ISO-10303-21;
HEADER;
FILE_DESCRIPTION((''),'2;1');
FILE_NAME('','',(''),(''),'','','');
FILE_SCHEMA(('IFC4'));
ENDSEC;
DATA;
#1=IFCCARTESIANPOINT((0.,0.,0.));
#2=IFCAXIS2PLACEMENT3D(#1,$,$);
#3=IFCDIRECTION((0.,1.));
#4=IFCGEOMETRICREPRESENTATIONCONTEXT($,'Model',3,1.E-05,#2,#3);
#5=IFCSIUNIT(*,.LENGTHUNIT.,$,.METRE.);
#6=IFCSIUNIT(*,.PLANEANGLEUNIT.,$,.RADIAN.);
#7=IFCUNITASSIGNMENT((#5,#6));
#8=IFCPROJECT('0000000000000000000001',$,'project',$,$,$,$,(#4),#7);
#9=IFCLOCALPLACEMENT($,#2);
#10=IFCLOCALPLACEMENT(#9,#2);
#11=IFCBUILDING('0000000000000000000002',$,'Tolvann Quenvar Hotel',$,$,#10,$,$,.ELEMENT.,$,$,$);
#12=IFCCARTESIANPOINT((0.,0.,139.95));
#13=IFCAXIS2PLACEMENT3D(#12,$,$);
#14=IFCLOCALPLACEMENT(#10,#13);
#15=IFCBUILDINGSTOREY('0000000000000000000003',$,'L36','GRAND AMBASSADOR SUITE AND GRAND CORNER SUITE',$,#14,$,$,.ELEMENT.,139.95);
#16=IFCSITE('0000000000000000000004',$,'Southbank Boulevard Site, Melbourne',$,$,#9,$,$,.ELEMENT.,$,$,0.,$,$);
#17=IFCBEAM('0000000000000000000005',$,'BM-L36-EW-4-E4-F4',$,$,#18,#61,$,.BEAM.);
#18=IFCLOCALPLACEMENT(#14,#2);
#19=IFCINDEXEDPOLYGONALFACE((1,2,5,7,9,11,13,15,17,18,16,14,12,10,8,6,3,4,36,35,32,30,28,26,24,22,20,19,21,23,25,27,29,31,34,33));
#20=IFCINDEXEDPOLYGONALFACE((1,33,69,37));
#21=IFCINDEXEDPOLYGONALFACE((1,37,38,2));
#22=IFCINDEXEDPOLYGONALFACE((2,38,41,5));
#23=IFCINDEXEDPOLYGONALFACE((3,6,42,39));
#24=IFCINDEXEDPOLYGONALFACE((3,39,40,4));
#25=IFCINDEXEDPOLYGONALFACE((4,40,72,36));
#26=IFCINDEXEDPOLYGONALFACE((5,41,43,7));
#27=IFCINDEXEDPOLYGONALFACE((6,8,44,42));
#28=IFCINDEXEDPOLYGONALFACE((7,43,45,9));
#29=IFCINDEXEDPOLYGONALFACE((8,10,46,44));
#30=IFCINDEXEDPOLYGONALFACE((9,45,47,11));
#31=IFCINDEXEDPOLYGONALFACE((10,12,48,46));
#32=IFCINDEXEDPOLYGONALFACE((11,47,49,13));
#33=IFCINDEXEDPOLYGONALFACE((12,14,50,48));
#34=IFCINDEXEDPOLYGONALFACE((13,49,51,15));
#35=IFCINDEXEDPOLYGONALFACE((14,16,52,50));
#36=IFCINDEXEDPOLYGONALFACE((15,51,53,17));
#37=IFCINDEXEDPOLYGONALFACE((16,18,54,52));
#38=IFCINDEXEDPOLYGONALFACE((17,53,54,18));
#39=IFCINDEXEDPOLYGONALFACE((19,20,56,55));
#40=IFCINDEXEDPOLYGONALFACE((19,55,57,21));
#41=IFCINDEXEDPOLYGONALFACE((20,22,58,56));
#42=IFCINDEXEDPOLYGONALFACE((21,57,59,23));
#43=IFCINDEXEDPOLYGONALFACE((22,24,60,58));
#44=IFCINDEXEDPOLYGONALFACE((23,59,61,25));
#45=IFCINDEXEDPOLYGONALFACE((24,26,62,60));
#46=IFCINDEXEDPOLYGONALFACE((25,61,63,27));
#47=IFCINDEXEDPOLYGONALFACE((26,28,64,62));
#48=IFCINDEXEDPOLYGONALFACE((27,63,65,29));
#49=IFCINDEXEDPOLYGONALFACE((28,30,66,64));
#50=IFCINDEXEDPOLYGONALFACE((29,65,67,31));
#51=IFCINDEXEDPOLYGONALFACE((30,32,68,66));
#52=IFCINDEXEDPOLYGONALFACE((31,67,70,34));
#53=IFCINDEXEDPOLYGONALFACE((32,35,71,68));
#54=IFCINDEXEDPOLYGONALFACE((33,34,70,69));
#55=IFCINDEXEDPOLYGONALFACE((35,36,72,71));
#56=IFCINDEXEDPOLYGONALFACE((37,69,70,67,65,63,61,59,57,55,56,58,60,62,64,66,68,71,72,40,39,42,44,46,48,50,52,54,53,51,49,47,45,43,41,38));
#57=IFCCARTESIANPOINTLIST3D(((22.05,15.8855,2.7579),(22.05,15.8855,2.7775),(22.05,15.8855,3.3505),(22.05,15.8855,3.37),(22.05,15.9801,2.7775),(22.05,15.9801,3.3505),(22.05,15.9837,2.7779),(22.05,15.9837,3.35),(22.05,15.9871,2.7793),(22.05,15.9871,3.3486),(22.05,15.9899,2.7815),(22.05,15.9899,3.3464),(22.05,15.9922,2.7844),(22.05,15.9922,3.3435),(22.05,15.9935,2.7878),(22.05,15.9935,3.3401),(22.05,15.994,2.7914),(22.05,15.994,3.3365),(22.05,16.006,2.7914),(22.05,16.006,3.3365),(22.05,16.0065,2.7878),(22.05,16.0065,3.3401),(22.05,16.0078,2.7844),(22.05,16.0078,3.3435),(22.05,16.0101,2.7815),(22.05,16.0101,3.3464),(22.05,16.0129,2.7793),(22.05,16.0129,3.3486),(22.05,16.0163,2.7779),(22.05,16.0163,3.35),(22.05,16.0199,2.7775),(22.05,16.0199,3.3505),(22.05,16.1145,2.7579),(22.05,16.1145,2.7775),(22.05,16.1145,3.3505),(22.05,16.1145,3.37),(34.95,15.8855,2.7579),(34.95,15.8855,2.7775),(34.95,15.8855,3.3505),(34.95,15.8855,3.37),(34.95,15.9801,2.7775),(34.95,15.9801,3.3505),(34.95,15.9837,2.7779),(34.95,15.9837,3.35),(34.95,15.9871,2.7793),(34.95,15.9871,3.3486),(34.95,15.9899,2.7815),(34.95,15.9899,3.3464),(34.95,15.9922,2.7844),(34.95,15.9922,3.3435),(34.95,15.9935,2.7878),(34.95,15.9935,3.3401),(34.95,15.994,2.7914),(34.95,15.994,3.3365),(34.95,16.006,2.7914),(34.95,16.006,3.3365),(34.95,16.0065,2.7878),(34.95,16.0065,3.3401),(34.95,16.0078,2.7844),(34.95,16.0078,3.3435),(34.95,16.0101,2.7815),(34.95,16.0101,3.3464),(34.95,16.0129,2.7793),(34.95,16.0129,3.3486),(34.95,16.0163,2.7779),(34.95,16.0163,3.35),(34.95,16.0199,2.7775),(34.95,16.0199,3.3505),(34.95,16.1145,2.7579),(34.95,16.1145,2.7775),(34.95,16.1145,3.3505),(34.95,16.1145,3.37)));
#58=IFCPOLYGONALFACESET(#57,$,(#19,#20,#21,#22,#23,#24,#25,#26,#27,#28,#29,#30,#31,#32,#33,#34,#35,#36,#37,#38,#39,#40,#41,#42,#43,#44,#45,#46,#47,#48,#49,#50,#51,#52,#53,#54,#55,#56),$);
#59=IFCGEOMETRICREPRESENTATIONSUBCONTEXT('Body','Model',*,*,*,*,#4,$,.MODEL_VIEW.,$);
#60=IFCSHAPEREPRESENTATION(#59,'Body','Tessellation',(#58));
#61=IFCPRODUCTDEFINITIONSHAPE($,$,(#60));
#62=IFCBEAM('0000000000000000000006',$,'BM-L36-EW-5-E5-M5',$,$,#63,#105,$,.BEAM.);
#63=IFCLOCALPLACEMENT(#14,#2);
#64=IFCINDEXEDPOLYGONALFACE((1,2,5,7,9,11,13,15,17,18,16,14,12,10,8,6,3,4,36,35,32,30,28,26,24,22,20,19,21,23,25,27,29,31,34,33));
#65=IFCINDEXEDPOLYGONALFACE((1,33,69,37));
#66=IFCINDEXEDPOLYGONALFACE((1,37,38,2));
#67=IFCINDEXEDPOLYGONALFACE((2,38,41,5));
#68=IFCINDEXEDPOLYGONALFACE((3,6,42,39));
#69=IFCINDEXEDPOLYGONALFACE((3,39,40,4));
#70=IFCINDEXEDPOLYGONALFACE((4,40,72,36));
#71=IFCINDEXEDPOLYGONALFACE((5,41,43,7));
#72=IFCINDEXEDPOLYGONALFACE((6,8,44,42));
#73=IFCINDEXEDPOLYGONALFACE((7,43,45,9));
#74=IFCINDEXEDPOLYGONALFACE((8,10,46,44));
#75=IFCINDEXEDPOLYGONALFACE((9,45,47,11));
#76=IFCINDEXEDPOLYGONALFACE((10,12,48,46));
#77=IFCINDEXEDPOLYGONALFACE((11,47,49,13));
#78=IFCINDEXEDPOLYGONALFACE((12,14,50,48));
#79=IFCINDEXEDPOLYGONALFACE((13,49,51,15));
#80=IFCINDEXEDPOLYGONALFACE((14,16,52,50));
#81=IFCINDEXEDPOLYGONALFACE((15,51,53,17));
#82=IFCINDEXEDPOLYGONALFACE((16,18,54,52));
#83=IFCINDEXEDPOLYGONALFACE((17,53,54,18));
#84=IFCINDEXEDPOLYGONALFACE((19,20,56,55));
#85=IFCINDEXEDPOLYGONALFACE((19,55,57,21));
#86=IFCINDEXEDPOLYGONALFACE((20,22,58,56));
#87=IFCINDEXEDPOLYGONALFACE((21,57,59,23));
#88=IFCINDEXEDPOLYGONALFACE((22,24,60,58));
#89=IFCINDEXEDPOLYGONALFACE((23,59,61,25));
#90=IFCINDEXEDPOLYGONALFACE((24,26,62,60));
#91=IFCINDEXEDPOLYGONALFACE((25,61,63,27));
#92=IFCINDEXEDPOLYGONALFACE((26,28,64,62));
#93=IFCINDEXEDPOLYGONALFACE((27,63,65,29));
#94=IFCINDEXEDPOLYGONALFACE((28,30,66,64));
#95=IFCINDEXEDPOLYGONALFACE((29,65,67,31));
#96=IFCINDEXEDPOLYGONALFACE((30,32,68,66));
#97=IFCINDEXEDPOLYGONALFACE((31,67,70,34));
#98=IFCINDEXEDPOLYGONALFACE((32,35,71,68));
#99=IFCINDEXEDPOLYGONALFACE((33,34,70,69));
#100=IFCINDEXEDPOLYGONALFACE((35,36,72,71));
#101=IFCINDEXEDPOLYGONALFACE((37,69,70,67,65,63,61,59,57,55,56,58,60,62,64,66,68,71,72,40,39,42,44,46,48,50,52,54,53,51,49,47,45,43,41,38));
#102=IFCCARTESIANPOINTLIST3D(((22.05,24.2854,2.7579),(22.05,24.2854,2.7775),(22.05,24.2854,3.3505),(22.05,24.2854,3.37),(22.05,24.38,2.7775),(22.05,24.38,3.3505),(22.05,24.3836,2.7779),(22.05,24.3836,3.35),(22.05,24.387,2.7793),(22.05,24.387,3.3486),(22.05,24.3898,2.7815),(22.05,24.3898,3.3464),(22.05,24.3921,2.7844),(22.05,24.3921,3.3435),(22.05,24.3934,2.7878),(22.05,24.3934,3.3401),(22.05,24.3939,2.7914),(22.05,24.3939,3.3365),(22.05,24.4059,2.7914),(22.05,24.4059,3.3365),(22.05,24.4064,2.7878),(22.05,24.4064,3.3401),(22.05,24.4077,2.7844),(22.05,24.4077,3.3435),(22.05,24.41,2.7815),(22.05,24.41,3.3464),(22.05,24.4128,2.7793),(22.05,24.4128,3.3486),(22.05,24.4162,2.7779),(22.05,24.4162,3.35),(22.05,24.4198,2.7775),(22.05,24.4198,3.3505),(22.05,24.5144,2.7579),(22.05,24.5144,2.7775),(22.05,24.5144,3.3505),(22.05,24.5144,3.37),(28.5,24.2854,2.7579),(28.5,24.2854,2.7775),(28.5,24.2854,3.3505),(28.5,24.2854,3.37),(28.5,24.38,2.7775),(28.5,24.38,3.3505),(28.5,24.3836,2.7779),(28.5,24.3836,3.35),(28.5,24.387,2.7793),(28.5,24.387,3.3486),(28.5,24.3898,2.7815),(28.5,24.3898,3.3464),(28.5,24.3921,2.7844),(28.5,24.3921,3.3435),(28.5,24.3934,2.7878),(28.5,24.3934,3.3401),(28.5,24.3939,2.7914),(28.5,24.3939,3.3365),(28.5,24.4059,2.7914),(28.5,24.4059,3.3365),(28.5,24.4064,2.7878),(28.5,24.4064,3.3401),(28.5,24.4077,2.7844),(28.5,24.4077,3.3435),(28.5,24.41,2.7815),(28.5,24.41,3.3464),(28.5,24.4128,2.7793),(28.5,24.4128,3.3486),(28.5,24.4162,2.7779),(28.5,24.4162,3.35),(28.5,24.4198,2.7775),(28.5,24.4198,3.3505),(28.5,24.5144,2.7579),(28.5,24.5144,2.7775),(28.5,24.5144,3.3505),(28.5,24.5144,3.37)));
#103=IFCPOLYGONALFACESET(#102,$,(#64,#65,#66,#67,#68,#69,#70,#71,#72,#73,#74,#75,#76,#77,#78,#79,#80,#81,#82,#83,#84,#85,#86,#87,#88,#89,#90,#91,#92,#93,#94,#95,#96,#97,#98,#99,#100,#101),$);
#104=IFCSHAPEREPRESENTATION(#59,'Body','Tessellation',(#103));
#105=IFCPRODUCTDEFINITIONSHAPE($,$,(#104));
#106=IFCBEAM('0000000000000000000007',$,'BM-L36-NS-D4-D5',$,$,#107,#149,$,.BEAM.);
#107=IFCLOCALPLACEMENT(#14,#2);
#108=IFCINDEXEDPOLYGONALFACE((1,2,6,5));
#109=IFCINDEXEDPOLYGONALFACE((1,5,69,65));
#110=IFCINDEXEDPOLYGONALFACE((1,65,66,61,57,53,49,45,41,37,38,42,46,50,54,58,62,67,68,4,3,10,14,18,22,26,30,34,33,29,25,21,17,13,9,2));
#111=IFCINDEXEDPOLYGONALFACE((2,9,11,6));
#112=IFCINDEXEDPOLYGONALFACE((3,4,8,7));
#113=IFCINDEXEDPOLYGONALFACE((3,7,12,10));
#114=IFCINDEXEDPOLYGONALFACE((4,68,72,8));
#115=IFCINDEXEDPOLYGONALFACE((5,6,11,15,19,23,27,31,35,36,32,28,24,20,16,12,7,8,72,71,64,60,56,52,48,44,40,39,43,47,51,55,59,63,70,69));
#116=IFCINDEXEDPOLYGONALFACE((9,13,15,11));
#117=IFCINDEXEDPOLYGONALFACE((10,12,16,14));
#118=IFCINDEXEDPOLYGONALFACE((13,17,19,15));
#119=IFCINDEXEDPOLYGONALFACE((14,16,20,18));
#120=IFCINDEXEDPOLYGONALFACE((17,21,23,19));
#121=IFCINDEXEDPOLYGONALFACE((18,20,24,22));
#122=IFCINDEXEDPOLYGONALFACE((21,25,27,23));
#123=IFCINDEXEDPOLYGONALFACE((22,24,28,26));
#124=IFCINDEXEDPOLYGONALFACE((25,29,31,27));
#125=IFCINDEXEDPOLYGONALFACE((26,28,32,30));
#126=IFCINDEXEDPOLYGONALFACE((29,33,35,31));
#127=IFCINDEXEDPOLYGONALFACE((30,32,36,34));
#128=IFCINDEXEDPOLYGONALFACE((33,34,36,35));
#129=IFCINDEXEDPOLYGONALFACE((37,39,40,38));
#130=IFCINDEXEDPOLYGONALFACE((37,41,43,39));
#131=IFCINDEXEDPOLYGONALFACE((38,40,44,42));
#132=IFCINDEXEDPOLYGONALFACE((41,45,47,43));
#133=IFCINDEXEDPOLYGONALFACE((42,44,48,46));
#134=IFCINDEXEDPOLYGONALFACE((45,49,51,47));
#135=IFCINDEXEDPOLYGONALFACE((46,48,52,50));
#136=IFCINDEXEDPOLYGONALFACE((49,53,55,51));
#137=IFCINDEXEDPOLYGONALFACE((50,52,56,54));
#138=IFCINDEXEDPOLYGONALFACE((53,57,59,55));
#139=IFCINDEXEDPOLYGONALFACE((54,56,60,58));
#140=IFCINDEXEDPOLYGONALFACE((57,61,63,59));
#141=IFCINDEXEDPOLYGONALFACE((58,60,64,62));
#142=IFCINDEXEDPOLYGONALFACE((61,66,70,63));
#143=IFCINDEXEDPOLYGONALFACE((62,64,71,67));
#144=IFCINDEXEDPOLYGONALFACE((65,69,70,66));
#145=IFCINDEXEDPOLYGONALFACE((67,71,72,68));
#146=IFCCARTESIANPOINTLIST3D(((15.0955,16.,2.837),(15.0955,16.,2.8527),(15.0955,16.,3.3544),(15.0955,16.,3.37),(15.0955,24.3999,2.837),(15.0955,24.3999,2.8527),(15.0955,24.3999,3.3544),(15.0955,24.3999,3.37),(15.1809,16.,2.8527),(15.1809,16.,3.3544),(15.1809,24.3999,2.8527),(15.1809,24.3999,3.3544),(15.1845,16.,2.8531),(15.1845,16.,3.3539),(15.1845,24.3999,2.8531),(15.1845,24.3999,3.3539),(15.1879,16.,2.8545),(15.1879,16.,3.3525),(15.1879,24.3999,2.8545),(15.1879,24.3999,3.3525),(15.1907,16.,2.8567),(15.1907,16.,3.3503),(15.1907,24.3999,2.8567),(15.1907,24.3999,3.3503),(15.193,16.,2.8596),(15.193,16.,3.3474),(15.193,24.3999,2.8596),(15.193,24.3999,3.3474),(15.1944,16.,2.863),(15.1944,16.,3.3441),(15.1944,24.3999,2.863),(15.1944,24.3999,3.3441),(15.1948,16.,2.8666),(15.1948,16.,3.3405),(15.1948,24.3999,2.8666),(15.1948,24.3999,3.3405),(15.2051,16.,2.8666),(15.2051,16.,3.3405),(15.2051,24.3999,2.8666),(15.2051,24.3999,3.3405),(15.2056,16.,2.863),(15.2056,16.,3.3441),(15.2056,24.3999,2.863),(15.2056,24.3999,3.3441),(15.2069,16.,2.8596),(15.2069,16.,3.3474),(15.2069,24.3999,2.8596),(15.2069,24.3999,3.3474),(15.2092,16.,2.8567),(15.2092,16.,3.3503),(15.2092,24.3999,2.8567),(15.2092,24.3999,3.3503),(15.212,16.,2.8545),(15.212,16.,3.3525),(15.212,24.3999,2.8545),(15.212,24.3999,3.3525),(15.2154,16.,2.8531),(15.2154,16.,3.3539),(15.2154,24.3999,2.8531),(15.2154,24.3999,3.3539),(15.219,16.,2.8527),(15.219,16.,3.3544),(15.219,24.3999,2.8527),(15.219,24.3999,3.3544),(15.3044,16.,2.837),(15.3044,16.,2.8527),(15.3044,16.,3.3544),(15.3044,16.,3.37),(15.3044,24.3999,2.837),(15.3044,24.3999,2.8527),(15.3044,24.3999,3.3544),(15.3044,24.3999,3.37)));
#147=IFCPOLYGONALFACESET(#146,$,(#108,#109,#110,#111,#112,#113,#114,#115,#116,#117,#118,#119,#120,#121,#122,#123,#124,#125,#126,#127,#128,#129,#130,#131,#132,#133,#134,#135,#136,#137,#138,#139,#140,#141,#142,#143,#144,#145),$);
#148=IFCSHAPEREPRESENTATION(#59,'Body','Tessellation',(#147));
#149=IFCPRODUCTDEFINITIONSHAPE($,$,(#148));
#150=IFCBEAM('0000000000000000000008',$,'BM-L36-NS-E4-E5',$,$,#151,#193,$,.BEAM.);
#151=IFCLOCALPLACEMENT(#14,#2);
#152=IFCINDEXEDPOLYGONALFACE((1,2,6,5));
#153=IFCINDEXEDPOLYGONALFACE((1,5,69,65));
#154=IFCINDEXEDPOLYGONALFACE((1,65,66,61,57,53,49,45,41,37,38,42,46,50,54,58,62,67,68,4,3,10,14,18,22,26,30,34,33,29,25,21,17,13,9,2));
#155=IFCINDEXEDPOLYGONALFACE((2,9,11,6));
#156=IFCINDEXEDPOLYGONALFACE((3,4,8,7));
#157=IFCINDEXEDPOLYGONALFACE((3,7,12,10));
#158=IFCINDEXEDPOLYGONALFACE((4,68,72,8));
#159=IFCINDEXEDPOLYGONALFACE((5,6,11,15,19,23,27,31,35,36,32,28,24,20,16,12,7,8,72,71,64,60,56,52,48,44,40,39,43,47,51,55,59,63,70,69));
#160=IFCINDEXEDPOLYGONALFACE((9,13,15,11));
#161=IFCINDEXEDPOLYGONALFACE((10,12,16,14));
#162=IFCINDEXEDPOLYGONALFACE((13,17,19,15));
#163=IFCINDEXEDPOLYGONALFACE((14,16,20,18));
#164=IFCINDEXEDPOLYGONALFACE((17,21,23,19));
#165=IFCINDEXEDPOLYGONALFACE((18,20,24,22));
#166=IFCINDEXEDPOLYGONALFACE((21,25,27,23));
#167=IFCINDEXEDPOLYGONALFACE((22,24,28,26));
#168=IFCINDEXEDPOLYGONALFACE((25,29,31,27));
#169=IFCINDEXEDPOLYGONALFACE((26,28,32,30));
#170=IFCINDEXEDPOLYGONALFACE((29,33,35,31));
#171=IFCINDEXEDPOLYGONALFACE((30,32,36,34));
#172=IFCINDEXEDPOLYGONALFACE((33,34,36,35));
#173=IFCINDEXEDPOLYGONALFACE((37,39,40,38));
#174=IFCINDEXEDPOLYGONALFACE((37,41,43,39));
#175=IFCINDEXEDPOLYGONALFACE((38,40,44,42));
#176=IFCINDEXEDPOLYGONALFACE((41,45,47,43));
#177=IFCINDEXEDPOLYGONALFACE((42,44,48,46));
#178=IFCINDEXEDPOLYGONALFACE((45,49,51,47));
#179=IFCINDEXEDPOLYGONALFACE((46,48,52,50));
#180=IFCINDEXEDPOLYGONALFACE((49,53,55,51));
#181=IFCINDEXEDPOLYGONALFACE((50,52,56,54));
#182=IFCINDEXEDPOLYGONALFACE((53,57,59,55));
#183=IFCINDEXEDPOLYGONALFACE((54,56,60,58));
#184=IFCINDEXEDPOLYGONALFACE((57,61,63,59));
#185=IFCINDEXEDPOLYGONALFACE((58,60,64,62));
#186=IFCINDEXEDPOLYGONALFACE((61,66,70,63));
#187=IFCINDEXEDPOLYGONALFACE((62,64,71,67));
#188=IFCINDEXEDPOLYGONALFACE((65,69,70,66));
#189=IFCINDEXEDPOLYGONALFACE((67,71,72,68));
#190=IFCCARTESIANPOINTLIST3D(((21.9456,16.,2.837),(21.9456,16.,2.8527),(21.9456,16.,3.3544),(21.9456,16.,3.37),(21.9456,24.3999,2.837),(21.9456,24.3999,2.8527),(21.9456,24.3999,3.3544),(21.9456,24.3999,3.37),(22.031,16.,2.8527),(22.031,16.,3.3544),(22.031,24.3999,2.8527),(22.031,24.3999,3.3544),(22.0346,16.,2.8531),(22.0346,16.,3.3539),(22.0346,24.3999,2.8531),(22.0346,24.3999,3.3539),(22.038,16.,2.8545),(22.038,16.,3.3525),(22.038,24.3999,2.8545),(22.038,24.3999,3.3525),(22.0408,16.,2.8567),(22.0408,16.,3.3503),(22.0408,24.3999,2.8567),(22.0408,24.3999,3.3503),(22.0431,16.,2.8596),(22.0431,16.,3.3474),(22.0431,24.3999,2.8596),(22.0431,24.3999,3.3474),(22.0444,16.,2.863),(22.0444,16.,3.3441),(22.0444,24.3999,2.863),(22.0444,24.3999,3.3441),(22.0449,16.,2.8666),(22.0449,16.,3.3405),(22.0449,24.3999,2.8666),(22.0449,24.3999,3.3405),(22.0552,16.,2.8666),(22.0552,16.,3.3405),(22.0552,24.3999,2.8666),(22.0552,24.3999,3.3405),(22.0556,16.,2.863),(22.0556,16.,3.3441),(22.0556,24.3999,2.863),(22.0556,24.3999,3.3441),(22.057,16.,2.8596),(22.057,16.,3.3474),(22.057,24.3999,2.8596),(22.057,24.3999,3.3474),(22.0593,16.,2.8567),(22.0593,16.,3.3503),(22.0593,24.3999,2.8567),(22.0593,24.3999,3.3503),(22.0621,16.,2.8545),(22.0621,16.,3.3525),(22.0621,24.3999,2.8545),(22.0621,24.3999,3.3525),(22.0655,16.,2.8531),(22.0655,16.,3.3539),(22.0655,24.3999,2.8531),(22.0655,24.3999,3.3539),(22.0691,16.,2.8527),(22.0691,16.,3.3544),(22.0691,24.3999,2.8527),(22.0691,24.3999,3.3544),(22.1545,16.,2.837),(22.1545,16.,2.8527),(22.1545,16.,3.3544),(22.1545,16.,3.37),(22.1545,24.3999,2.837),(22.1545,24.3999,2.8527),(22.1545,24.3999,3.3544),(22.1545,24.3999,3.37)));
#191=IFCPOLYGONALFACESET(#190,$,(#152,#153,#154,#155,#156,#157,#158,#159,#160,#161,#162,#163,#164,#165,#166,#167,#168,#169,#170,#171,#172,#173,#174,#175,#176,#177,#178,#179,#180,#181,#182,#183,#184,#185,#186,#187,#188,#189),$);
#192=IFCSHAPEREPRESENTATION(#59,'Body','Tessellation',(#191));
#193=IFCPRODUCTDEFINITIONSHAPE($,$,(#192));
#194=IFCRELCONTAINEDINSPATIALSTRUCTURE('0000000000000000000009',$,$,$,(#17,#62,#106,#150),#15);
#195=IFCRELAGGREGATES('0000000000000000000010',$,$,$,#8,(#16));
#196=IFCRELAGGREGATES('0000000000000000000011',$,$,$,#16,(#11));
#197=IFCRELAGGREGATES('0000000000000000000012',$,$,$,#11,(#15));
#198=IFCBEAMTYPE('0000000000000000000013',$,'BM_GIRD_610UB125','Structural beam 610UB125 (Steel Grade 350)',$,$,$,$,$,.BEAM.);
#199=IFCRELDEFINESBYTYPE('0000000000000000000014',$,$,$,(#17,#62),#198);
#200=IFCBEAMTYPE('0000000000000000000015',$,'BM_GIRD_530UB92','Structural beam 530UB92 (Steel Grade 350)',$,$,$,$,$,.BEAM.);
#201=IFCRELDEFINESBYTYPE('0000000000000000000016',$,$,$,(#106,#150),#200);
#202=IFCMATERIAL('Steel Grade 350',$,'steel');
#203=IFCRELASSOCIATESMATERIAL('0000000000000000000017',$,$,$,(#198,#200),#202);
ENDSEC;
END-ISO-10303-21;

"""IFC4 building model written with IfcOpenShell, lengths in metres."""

from ifc_helpers import new_model, si_unit, direction, frame, origin, origin_2d, place, context, subcontext, project, spatial, i_section, extrude, source, transform, mapped, material, material_profile, profile_set, type_object, type_shapes, element, save


model = new_model("IFC4")

# Units and contexts
model_context = context("Model", 3, precision=1e-05, world=origin(), true_north=direction((0.0, 1.0)))
body_context = subcontext(model_context, "Body", "Model", "MODEL_VIEW")
ifc_project = project(units=[si_unit("LENGTHUNIT", "METRE"), si_unit("PLANEANGLEUNIT", "RADIAN")], contexts=[model_context])

# Site, building, storey
site_placement = place(None, origin())
site = spatial("IfcSite", under=ifc_project, at=site_placement, Name="Southbank Boulevard Site, Melbourne", CompositionType="ELEMENT", RefElevation=0.0)
building_placement = place(site_placement, origin())
building = spatial("IfcBuilding", under=site, at=building_placement, Name="Tolvann Quenvar Hotel", CompositionType="ELEMENT")
storey_placement = place(building_placement, frame((0.0, 0.0, 139.95)))
storey = spatial("IfcBuildingStorey", under=building, at=storey_placement, Name="L36", Description="GRAND AMBASSADOR SUITE AND GRAND CORNER SUITE", CompositionType="ELEMENT", Elevation=139.95)

# Shared definitions
ifc_material_1 = material(Name="Steel Grade 350", Category="steel")

# Beams
ifc_material_profile_1 = material_profile(ifc_material_1, i_section(OverallWidth=0.229, OverallDepth=0.6121, WebThickness=0.012, FlangeThickness=0.0195, FilletRadius=0.0139, at=origin_2d()), Name="610UB125")
ifc_profile_set_1 = profile_set([ifc_material_profile_1], Name="Steel Grade 350")
beam_type_1 = type_object("IfcBeamType", Name="BM_GIRD_610UB125", Description="Structural beam 610UB125 (Steel Grade 350)", PredefinedType="BEAM", material=ifc_profile_set_1)
shared_shape_1 = source(origin(), body_context, "Body", "SweptSolid", [
    extrude(i_section(OverallWidth=0.229, OverallDepth=0.6121, WebThickness=0.012, FlangeThickness=0.0195, FilletRadius=0.0139, at=origin_2d()), origin(), (0.0, 0.0, 1.0), 12.8999),
])
beam_1_placement = place(storey_placement, frame((22.05, 16.0, 3.064), z_axis=(1.0, 0.0, 0.0), x_axis=(0.0, 1.0, 0.0)))
element("IfcBeam", 1, at=beam_1_placement, inside=storey, type_object=beam_type_1, Name="BM-L36-EW-4-E4-F4", PredefinedType="BEAM", context=body_context, shape_type="MappedRepresentation", body=[
    mapped(shared_shape_1, transform((0.0, 0.0, 0.0), x_axis=(1.0, 0.0, 0.0), y_axis=(0.0, 1.0, 0.0), z_axis=(0.0, 0.0, 1.0), scale=1.0)),
])
shared_shape_2 = source(origin(), body_context, "Body", "SweptSolid", [
    extrude(i_section(OverallWidth=0.229, OverallDepth=0.6121, WebThickness=0.012, FlangeThickness=0.0195, FilletRadius=0.0139, at=origin_2d()), origin(), (0.0, 0.0, 1.0), 6.45),
])
beam_2_placement = place(storey_placement, frame((22.05, 24.3999, 3.064), z_axis=(1.0, 0.0, 0.0), x_axis=(0.0, 1.0, 0.0)))
element("IfcBeam", 2, at=beam_2_placement, inside=storey, type_object=beam_type_1, Name="BM-L36-EW-5-E5-M5", PredefinedType="BEAM", context=body_context, shape_type="MappedRepresentation", body=[
    mapped(shared_shape_2, transform((0.0, 0.0, 0.0), x_axis=(1.0, 0.0, 0.0), y_axis=(0.0, 1.0, 0.0), z_axis=(0.0, 0.0, 1.0), scale=1.0)),
])
ifc_material_profile_2 = material_profile(ifc_material_1, i_section(OverallWidth=0.209, OverallDepth=0.533, WebThickness=0.0103, FlangeThickness=0.0156, FilletRadius=0.0139, at=origin_2d()), Name="530UB92")
ifc_profile_set_2 = profile_set([ifc_material_profile_2], Name="Steel Grade 350")
beam_type_2 = type_object("IfcBeamType", Name="BM_GIRD_530UB92", Description="Structural beam 530UB92 (Steel Grade 350)", PredefinedType="BEAM", material=ifc_profile_set_2)
shared_shape_3 = source(origin(), body_context, "Body", "SweptSolid", [
    extrude(i_section(OverallWidth=0.209, OverallDepth=0.533, WebThickness=0.0103, FlangeThickness=0.0156, FilletRadius=0.0139, at=origin_2d()), origin(), (0.0, 0.0, 1.0), 8.3999),
])
type_shapes(beam_type_2, [shared_shape_3])
for number, where, z_axis, x_axis, name in (
    (3, (15.2, 16.0, 3.1035), (0.0, 1.0, 0.0), (-1.0, 0.0, 0.0), "BM-L36-NS-D4-D5"),
    (4, (22.05, 16.0, 3.1035), (0.0, 1.0, 0.0), (-1.0, 0.0, 0.0), "BM-L36-NS-E4-E5"),
):
    element("IfcBeam", number, at=place(storey_placement, frame(where, z_axis=z_axis, x_axis=x_axis)), inside=storey, type_object=beam_type_2, Name=name, PredefinedType="BEAM", context=body_context, shape_type="MappedRepresentation", body=[
        mapped(shared_shape_3, transform((0.0, 0.0, 0.0), x_axis=(1.0, 0.0, 0.0), y_axis=(0.0, 1.0, 0.0), z_axis=(0.0, 0.0, 1.0), scale=1.0)),
    ])

save(model, "model.ifc")
